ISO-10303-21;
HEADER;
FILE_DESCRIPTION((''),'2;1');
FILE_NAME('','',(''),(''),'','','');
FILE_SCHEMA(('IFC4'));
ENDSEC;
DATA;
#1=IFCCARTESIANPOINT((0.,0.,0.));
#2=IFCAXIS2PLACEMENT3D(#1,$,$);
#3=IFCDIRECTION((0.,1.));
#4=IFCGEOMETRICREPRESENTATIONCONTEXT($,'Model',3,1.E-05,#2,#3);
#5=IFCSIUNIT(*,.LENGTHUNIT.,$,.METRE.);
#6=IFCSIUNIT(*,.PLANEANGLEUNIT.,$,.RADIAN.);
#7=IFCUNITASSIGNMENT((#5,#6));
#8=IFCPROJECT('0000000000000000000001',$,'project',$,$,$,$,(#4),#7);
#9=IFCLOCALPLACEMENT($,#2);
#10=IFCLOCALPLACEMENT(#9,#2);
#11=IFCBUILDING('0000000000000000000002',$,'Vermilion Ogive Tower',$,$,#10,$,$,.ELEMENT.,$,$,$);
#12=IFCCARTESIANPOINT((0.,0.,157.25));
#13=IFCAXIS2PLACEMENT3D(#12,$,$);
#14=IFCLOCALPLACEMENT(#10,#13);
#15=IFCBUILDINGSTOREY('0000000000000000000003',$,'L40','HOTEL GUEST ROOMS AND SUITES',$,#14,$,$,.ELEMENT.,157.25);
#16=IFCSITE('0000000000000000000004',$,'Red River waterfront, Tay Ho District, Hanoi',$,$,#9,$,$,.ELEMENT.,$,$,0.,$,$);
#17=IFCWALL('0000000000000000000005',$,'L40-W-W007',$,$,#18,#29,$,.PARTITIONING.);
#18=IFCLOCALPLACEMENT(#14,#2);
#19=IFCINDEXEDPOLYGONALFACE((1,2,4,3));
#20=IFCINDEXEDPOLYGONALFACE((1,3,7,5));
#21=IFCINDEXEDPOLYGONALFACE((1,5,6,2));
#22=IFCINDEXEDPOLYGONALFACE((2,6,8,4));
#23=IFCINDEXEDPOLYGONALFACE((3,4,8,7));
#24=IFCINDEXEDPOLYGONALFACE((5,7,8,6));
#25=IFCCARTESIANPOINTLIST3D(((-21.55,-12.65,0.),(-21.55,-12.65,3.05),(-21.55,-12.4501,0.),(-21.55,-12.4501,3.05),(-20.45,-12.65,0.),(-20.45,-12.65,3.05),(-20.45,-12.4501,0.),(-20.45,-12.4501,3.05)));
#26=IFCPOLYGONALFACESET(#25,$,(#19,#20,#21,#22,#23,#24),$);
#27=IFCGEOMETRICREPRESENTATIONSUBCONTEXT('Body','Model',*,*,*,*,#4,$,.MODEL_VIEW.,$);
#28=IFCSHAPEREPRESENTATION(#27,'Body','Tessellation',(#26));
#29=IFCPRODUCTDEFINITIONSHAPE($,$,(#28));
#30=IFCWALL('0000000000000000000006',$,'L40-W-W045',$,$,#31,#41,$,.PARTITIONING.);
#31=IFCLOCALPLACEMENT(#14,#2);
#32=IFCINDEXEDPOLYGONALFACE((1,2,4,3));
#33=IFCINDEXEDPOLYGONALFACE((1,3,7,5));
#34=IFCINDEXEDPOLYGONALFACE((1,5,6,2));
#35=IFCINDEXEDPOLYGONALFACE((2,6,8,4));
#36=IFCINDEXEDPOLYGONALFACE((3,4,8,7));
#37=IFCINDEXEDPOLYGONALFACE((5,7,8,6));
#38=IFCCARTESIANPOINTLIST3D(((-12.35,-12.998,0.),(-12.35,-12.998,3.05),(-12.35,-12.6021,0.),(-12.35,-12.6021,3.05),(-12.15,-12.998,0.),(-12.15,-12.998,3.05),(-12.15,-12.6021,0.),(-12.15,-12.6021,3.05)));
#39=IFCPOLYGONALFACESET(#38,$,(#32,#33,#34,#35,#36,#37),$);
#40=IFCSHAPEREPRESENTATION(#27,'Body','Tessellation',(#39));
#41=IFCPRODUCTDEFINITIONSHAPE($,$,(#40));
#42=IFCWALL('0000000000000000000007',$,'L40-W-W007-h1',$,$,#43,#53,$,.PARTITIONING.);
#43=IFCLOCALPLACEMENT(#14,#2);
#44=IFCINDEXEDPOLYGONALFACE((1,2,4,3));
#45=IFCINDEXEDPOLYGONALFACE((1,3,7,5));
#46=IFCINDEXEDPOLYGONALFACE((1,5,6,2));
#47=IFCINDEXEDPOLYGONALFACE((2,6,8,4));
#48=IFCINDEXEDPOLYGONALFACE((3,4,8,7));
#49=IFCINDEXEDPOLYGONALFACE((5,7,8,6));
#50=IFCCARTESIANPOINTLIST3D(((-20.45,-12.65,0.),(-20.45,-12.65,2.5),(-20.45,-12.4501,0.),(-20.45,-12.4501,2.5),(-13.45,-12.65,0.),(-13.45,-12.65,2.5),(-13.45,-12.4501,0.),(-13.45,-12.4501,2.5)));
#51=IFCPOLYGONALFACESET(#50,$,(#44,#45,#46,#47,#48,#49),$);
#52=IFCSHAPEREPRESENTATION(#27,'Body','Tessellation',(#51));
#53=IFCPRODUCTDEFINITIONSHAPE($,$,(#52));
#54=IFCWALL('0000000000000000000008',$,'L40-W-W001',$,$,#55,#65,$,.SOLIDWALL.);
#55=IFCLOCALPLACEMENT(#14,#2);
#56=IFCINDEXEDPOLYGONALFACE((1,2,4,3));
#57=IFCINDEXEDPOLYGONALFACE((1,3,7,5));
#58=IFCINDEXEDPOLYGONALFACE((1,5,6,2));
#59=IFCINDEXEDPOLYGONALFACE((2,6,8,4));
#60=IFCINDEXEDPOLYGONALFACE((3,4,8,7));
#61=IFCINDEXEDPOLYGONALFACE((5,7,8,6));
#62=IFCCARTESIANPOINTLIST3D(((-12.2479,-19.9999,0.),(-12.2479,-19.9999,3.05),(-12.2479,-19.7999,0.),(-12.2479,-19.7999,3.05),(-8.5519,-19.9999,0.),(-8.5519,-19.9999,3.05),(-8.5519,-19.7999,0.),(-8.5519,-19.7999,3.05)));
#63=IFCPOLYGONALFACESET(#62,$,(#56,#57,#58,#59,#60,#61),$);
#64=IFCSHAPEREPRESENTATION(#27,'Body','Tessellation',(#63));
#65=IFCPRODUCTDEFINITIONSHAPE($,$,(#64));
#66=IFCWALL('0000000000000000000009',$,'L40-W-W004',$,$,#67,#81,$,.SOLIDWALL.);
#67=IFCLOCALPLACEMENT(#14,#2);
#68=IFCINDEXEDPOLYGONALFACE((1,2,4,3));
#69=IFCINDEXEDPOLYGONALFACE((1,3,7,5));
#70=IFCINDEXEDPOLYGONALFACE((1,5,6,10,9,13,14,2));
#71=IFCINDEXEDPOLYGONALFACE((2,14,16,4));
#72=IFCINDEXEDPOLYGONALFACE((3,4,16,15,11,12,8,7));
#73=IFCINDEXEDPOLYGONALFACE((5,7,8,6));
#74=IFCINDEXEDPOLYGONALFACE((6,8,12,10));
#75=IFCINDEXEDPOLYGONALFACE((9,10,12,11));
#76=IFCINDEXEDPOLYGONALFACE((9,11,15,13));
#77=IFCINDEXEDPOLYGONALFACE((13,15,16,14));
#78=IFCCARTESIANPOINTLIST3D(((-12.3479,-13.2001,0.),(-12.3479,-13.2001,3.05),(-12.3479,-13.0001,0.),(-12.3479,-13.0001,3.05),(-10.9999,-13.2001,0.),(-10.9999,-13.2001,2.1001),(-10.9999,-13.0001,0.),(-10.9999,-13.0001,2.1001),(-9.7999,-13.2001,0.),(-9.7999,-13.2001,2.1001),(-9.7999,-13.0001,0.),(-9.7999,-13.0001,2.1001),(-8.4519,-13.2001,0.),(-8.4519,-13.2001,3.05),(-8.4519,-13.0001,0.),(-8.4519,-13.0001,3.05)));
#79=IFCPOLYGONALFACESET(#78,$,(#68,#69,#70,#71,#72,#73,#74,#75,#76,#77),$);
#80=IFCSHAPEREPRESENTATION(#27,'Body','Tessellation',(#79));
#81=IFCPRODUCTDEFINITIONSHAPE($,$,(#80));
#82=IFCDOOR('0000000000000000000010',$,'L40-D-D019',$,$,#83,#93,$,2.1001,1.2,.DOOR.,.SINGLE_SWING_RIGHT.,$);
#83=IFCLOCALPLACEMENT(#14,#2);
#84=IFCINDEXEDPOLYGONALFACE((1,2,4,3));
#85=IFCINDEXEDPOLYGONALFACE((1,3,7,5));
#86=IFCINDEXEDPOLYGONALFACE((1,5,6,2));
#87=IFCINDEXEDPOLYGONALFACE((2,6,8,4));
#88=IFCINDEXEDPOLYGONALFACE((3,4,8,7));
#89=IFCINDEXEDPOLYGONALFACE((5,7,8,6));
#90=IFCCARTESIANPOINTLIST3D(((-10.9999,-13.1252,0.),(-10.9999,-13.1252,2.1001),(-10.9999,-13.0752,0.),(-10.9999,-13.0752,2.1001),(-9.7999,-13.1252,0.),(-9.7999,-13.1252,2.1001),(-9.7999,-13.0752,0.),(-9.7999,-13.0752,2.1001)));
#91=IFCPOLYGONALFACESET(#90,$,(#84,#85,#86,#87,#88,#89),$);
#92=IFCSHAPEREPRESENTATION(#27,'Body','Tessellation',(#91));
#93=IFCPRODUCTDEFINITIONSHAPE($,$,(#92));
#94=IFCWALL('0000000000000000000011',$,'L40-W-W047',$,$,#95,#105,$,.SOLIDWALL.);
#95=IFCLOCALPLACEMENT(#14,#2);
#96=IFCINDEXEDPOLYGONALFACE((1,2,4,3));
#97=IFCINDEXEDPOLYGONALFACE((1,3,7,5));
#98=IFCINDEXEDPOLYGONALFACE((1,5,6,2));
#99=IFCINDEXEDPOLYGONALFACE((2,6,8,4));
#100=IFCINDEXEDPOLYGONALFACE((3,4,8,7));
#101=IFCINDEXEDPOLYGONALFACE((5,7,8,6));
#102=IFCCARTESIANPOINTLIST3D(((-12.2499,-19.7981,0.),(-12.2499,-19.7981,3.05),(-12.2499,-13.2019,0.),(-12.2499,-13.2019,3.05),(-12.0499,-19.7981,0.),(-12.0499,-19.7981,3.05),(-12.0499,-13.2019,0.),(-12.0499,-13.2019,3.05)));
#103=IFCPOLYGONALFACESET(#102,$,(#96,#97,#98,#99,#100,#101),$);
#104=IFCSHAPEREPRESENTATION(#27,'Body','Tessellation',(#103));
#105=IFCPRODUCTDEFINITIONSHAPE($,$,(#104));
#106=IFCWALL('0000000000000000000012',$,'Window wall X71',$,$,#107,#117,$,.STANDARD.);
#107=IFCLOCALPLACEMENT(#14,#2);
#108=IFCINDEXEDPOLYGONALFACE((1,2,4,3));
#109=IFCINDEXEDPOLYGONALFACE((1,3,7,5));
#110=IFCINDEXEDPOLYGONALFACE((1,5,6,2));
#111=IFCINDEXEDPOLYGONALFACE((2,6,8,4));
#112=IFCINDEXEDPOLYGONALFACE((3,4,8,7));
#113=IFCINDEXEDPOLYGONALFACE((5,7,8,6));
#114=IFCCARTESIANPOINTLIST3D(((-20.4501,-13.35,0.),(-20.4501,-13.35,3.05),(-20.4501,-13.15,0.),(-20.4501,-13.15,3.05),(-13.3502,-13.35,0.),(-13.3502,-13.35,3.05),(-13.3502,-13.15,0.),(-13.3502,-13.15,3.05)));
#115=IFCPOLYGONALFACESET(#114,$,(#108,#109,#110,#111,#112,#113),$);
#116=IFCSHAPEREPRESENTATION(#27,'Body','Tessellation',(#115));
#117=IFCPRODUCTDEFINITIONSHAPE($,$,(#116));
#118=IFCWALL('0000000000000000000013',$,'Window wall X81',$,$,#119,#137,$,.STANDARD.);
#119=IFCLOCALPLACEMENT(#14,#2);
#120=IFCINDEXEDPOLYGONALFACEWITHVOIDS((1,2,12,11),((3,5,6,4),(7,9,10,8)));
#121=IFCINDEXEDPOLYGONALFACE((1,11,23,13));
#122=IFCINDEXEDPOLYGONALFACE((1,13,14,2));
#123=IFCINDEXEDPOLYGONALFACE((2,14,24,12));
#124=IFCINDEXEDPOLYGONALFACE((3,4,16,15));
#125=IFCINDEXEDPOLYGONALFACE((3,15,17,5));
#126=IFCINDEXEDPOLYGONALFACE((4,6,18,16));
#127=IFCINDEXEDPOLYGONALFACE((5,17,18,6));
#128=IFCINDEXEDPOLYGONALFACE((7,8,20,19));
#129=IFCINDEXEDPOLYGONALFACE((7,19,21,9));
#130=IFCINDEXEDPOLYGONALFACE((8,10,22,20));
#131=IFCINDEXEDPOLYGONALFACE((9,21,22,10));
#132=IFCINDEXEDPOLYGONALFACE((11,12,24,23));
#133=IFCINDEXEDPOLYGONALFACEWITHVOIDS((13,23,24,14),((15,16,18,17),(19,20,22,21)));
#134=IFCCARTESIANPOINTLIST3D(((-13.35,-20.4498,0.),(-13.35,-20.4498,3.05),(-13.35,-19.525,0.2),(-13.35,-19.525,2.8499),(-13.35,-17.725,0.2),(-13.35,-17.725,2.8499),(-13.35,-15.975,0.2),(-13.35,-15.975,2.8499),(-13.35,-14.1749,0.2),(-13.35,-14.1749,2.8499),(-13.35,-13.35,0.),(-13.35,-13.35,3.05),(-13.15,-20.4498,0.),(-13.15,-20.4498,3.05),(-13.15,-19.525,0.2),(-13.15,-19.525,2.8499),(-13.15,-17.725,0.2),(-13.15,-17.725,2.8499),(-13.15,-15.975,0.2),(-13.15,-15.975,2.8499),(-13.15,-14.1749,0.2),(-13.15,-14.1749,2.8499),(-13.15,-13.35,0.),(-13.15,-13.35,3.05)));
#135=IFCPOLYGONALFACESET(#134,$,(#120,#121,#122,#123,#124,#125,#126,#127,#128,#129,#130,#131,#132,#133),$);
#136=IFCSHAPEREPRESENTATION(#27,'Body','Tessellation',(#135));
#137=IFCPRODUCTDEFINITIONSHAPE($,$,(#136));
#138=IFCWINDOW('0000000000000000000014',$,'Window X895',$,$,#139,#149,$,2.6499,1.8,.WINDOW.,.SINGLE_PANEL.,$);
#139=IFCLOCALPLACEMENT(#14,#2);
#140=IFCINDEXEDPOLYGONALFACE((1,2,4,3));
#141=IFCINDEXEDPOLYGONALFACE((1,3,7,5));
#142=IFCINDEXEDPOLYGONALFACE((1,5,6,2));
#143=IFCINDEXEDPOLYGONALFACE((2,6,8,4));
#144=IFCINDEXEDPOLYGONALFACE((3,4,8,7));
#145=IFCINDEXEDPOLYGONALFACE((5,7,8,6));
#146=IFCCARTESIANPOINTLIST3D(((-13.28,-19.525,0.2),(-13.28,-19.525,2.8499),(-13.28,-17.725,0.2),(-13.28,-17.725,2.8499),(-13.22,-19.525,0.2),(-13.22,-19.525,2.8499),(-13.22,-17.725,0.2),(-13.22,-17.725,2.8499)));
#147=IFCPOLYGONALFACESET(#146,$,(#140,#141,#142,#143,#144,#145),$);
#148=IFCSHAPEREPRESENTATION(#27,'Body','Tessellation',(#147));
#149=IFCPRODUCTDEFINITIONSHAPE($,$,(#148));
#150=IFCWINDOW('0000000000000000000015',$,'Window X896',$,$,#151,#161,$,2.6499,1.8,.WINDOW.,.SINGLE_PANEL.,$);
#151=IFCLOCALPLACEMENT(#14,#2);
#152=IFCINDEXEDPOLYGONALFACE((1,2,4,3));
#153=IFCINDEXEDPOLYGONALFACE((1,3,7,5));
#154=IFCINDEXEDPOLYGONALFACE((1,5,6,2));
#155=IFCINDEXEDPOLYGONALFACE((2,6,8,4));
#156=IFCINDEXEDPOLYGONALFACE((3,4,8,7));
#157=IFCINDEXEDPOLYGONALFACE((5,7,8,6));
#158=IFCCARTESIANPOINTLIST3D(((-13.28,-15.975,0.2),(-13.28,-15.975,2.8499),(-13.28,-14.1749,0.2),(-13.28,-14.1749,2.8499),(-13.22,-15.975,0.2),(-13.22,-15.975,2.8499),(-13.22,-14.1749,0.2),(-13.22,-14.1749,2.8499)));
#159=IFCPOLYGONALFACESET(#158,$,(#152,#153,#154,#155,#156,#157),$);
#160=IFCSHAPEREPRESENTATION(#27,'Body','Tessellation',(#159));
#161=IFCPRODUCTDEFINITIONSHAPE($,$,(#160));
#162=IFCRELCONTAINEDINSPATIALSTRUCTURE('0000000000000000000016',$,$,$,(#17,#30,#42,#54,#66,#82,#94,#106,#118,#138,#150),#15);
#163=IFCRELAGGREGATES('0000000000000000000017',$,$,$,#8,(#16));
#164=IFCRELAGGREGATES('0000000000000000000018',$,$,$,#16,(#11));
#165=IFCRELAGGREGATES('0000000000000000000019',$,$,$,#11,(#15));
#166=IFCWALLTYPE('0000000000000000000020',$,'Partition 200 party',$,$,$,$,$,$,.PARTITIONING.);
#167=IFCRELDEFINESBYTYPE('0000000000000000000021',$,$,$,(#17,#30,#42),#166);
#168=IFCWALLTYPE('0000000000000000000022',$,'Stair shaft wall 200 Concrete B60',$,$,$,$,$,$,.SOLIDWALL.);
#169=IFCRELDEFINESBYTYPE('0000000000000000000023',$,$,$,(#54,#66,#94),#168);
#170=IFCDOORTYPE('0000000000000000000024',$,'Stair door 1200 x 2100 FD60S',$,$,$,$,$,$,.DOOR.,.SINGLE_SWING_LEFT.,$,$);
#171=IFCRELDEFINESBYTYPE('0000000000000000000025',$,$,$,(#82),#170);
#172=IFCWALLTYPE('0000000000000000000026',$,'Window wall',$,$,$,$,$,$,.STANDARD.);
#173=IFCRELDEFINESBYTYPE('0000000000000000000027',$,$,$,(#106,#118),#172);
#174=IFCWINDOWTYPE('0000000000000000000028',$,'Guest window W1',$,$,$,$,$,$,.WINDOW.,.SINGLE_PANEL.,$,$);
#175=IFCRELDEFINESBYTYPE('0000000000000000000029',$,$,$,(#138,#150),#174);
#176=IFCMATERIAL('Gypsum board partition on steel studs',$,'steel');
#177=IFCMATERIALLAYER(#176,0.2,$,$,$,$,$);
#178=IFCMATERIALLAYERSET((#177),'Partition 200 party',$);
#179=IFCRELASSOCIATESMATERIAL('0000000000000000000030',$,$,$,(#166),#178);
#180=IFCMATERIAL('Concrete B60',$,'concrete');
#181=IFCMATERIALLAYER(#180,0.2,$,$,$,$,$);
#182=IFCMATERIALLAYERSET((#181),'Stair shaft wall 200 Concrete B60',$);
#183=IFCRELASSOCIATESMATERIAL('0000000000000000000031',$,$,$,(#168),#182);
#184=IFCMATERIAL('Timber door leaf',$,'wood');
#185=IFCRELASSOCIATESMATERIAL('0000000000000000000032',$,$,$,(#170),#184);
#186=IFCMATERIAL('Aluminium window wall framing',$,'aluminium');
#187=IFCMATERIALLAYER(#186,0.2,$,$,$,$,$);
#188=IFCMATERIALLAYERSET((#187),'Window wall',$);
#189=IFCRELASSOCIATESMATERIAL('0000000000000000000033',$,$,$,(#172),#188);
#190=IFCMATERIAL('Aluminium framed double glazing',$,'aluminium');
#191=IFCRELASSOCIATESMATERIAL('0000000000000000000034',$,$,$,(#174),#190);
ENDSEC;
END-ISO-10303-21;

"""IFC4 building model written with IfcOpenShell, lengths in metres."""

from ifc_helpers import new_model, si_unit, direction, frame, frame_2d, origin, place, context, subcontext, project, spatial, rectangle, extrude, material, layer, layer_set, type_object, element, fill, save


model = new_model("IFC4")

# Units and contexts
model_context = context("Model", 3, precision=1e-05, world=origin(), true_north=direction((0.0, 1.0)))
body_context = subcontext(model_context, "Body", "Model", "MODEL_VIEW")
ifc_project = project(units=[si_unit("LENGTHUNIT", "METRE"), si_unit("PLANEANGLEUNIT", "RADIAN")], contexts=[model_context])

# Site, building, storey
site_placement = place(None, origin())
site = spatial("IfcSite", under=ifc_project, at=site_placement, Name="Red River waterfront, Tay Ho District, Hanoi", CompositionType="ELEMENT", RefElevation=0.0)
building_placement = place(site_placement, origin())
building = spatial("IfcBuilding", under=site, at=building_placement, Name="Vermilion Ogive Tower", CompositionType="ELEMENT")
storey_placement = place(building_placement, frame((0.0, 0.0, 157.25)))
storey = spatial("IfcBuildingStorey", under=building, at=storey_placement, Name="L40", Description="HOTEL GUEST ROOMS AND SUITES", CompositionType="ELEMENT", Elevation=157.25)

# Walls
ifc_material_1 = material(Name="Gypsum board partition on steel studs", Category="steel")
ifc_layer_1 = layer(ifc_material_1, 0.2)
ifc_layer_set_1 = layer_set([ifc_layer_1], Name="Partition 200 party")
wall_type_1 = type_object("IfcWallType", Name="Partition 200 party", PredefinedType="PARTITIONING", material=ifc_layer_set_1)
wall_1_placement = place(storey_placement, frame((-21.55, -12.55, 0.0), z_axis=(0.0, 0.0, 1.0), x_axis=(1.0, 0.0, 0.0)))
element("IfcWall", 1, at=wall_1_placement, inside=storey, type_object=wall_type_1, Name="L40-W-W007", PredefinedType="PARTITIONING", context=body_context, shape_type="SweptSolid", body=[
    extrude(rectangle(XDim=1.1001, YDim=0.2, at=frame_2d((0.55, 0.0))), origin(), (0.0, 0.0, 1.0), 3.05),
])
wall_2_placement = place(storey_placement, frame((-12.25, -12.998, 0.0), z_axis=(0.0, 0.0, 1.0), x_axis=(0.0, 1.0, 0.0)))
element("IfcWall", 2, at=wall_2_placement, inside=storey, type_object=wall_type_1, Name="L40-W-W045", PredefinedType="PARTITIONING", context=body_context, shape_type="SweptSolid", body=[
    extrude(rectangle(XDim=0.396, YDim=0.2, at=frame_2d((0.198, 0.0))), origin(), (0.0, 0.0, 1.0), 3.05),
])
wall_3_placement = place(storey_placement, frame((-20.45, -12.55, 0.0), z_axis=(0.0, 0.0, 1.0), x_axis=(1.0, 0.0, 0.0)))
element("IfcWall", 3, at=wall_3_placement, inside=storey, type_object=wall_type_1, Name="L40-W-W007-h1", PredefinedType="PARTITIONING", context=body_context, shape_type="SweptSolid", body=[
    extrude(rectangle(XDim=7.0, YDim=0.2, at=frame_2d((3.5, 0.0))), origin(), (0.0, 0.0, 1.0), 2.5),
])
ifc_material_2 = material(Name="Concrete B60", Category="concrete")
ifc_layer_2 = layer(ifc_material_2, 0.2)
ifc_layer_set_2 = layer_set([ifc_layer_2], Name="Stair shaft wall 200 Concrete B60")
wall_type_2 = type_object("IfcWallType", Name="Stair shaft wall 200 Concrete B60", PredefinedType="SOLIDWALL", material=ifc_layer_set_2)
wall_4_placement = place(storey_placement, frame((-12.248, -19.8999, 0.0), z_axis=(0.0, 0.0, 1.0), x_axis=(1.0, 0.0, 0.0)))
element("IfcWall", 4, at=wall_4_placement, inside=storey, type_object=wall_type_2, Name="L40-W-W001", PredefinedType="SOLIDWALL", context=body_context, shape_type="SweptSolid", body=[
    extrude(rectangle(XDim=3.696, YDim=0.2, at=frame_2d((1.8481, 0.0))), origin(), (0.0, 0.0, 1.0), 3.05),
])

# Wall, opening, door
wall_5_placement = place(storey_placement, frame((-12.3479, -13.1001, 0.0), z_axis=(0.0, 0.0, 1.0), x_axis=(1.0, 0.0, 0.0)))
wall_5 = element("IfcWall", 5, at=wall_5_placement, inside=storey, type_object=wall_type_2, Name="L40-W-W004", PredefinedType="SOLIDWALL", context=body_context, shape_type="SweptSolid", body=[
    extrude(rectangle(XDim=3.896, YDim=0.2, at=frame_2d((1.948, 0.0))), origin(), (0.0, 0.0, 1.0), 3.05),
])
opening_1_placement = place(wall_5_placement, frame((1.3479, 0.0, 0.0)))
opening_1 = element("IfcOpeningElement", 6, at=opening_1_placement, cuts=wall_5, PredefinedType="OPENING", context=body_context, shape_type="SweptSolid", body=[
    extrude(rectangle(XDim=1.2, YDim=2.1001, at=frame_2d((0.6001, 1.05))), frame((0.0, 0.1099, 0.0), z_axis=(0.0, -1.0, 0.0), x_axis=(1.0, 0.0, 0.0)), (0.0, 0.0, 1.0), 0.22),
])
ifc_material_3 = material(Name="Timber door leaf", Category="wood")
door_type_1 = type_object("IfcDoorType", Name="Stair door 1200 x 2100 FD60S", OperationType="SINGLE_SWING_LEFT", PredefinedType="DOOR", material=ifc_material_3)
door_1_placement = place(opening_1_placement, origin())
door_1 = element("IfcDoor", 7, at=door_1_placement, inside=storey, type_object=door_type_1, Name="L40-D-D019", OperationType="SINGLE_SWING_RIGHT", OverallHeight=2.1001, OverallWidth=1.2, PredefinedType="DOOR", context=body_context, shape_type="SweptSolid", body=[
    extrude(rectangle(XDim=1.2, YDim=2.1001, at=frame_2d((0.6001, 1.05))), frame((0.0, 0.0249, 0.0), z_axis=(0.0, -1.0, 0.0), x_axis=(1.0, 0.0, 0.0)), (0.0, 0.0, 1.0), 0.05),
])
fill(opening_1, door_1)

# Walls
wall_6_placement = place(storey_placement, frame((-12.1499, -19.7981, 0.0), z_axis=(0.0, 0.0, 1.0), x_axis=(0.0, 1.0, 0.0)))
element("IfcWall", 8, at=wall_6_placement, inside=storey, type_object=wall_type_2, Name="L40-W-W047", PredefinedType="SOLIDWALL", context=body_context, shape_type="SweptSolid", body=[
    extrude(rectangle(XDim=6.5962, YDim=0.2, at=frame_2d((3.2981, 0.0))), origin(), (0.0, 0.0, 1.0), 3.05),
])
ifc_material_4 = material(Name="Aluminium window wall framing", Category="aluminium")
ifc_layer_3 = layer(ifc_material_4, 0.2)
ifc_layer_set_3 = layer_set([ifc_layer_3], Name="Window wall")
wall_type_3 = type_object("IfcWallType", Name="Window wall", PredefinedType="STANDARD", material=ifc_layer_set_3)
wall_7_placement = place(storey_placement, frame((-20.45, -13.25, 0.0), z_axis=(0.0, 0.0, 1.0), x_axis=(1.0, 0.0, 0.0)))
element("IfcWall", 9, at=wall_7_placement, inside=storey, type_object=wall_type_3, Name="Window wall X71", PredefinedType="STANDARD", context=body_context, shape_type="SweptSolid", body=[
    extrude(rectangle(XDim=7.0999, YDim=0.2, at=frame_2d((3.5498, 0.0))), origin(), (0.0, 0.0, 1.0), 3.05),
])

# Wall, openings, windows
wall_8_placement = place(storey_placement, frame((-13.25, -13.3501, 0.0), z_axis=(0.0, 0.0, 1.0), x_axis=(0.0, -1.0, 0.0)))
wall_8 = element("IfcWall", 10, at=wall_8_placement, inside=storey, type_object=wall_type_3, Name="Window wall X81", PredefinedType="STANDARD", context=body_context, shape_type="SweptSolid", body=[
    extrude(rectangle(XDim=7.0999, YDim=0.2, at=frame_2d((3.5498, 0.0))), origin(), (0.0, 0.0, 1.0), 3.05),
])
opening_2_placement = place(wall_8_placement, frame((4.375, 0.0, 0.2)))
opening_2 = element("IfcOpeningElement", 11, at=opening_2_placement, cuts=wall_8, PredefinedType="OPENING", context=body_context, shape_type="SweptSolid", body=[
    extrude(rectangle(XDim=1.8, YDim=2.6499, at=frame_2d((0.8999, 1.325))), frame((0.0, 0.1099, 0.0), z_axis=(0.0, -1.0, 0.0), x_axis=(1.0, 0.0, 0.0)), (0.0, 0.0, 1.0), 0.22),
])
opening_3_placement = place(wall_8_placement, frame((0.825, 0.0, 0.2)))
opening_3 = element("IfcOpeningElement", 12, at=opening_3_placement, cuts=wall_8, PredefinedType="OPENING", context=body_context, shape_type="SweptSolid", body=[
    extrude(rectangle(XDim=1.8, YDim=2.6499, at=frame_2d((0.8999, 1.325))), frame((0.0, 0.1099, 0.0), z_axis=(0.0, -1.0, 0.0), x_axis=(1.0, 0.0, 0.0)), (0.0, 0.0, 1.0), 0.22),
])
ifc_material_5 = material(Name="Aluminium framed double glazing", Category="aluminium")
window_type = type_object("IfcWindowType", Name="Guest window W1", PartitioningType="SINGLE_PANEL", PredefinedType="WINDOW", material=ifc_material_5)
window_1_placement = place(opening_2_placement, origin())
window_1 = element("IfcWindow", 13, at=window_1_placement, inside=storey, type_object=window_type, Name="Window X895", OverallHeight=2.6499, OverallWidth=1.8, PartitioningType="SINGLE_PANEL", PredefinedType="WINDOW", context=body_context, shape_type="SweptSolid", body=[
    extrude(rectangle(XDim=1.8, YDim=2.6499, at=frame_2d((0.8999, 1.325))), frame((0.0, 0.03, 0.0), z_axis=(0.0, -1.0, 0.0), x_axis=(1.0, 0.0, 0.0)), (0.0, 0.0, 1.0), 0.0601),
])
fill(opening_2, window_1)
window_2_placement = place(opening_3_placement, origin())
window_2 = element("IfcWindow", 14, at=window_2_placement, inside=storey, type_object=window_type, Name="Window X896", OverallHeight=2.6499, OverallWidth=1.8, PartitioningType="SINGLE_PANEL", PredefinedType="WINDOW", context=body_context, shape_type="SweptSolid", body=[
    extrude(rectangle(XDim=1.8, YDim=2.6499, at=frame_2d((0.8999, 1.325))), frame((0.0, 0.03, 0.0), z_axis=(0.0, -1.0, 0.0), x_axis=(1.0, 0.0, 0.0)), (0.0, 0.0, 1.0), 0.0601),
])
fill(opening_3, window_2)

save(model, "model.ifc")
